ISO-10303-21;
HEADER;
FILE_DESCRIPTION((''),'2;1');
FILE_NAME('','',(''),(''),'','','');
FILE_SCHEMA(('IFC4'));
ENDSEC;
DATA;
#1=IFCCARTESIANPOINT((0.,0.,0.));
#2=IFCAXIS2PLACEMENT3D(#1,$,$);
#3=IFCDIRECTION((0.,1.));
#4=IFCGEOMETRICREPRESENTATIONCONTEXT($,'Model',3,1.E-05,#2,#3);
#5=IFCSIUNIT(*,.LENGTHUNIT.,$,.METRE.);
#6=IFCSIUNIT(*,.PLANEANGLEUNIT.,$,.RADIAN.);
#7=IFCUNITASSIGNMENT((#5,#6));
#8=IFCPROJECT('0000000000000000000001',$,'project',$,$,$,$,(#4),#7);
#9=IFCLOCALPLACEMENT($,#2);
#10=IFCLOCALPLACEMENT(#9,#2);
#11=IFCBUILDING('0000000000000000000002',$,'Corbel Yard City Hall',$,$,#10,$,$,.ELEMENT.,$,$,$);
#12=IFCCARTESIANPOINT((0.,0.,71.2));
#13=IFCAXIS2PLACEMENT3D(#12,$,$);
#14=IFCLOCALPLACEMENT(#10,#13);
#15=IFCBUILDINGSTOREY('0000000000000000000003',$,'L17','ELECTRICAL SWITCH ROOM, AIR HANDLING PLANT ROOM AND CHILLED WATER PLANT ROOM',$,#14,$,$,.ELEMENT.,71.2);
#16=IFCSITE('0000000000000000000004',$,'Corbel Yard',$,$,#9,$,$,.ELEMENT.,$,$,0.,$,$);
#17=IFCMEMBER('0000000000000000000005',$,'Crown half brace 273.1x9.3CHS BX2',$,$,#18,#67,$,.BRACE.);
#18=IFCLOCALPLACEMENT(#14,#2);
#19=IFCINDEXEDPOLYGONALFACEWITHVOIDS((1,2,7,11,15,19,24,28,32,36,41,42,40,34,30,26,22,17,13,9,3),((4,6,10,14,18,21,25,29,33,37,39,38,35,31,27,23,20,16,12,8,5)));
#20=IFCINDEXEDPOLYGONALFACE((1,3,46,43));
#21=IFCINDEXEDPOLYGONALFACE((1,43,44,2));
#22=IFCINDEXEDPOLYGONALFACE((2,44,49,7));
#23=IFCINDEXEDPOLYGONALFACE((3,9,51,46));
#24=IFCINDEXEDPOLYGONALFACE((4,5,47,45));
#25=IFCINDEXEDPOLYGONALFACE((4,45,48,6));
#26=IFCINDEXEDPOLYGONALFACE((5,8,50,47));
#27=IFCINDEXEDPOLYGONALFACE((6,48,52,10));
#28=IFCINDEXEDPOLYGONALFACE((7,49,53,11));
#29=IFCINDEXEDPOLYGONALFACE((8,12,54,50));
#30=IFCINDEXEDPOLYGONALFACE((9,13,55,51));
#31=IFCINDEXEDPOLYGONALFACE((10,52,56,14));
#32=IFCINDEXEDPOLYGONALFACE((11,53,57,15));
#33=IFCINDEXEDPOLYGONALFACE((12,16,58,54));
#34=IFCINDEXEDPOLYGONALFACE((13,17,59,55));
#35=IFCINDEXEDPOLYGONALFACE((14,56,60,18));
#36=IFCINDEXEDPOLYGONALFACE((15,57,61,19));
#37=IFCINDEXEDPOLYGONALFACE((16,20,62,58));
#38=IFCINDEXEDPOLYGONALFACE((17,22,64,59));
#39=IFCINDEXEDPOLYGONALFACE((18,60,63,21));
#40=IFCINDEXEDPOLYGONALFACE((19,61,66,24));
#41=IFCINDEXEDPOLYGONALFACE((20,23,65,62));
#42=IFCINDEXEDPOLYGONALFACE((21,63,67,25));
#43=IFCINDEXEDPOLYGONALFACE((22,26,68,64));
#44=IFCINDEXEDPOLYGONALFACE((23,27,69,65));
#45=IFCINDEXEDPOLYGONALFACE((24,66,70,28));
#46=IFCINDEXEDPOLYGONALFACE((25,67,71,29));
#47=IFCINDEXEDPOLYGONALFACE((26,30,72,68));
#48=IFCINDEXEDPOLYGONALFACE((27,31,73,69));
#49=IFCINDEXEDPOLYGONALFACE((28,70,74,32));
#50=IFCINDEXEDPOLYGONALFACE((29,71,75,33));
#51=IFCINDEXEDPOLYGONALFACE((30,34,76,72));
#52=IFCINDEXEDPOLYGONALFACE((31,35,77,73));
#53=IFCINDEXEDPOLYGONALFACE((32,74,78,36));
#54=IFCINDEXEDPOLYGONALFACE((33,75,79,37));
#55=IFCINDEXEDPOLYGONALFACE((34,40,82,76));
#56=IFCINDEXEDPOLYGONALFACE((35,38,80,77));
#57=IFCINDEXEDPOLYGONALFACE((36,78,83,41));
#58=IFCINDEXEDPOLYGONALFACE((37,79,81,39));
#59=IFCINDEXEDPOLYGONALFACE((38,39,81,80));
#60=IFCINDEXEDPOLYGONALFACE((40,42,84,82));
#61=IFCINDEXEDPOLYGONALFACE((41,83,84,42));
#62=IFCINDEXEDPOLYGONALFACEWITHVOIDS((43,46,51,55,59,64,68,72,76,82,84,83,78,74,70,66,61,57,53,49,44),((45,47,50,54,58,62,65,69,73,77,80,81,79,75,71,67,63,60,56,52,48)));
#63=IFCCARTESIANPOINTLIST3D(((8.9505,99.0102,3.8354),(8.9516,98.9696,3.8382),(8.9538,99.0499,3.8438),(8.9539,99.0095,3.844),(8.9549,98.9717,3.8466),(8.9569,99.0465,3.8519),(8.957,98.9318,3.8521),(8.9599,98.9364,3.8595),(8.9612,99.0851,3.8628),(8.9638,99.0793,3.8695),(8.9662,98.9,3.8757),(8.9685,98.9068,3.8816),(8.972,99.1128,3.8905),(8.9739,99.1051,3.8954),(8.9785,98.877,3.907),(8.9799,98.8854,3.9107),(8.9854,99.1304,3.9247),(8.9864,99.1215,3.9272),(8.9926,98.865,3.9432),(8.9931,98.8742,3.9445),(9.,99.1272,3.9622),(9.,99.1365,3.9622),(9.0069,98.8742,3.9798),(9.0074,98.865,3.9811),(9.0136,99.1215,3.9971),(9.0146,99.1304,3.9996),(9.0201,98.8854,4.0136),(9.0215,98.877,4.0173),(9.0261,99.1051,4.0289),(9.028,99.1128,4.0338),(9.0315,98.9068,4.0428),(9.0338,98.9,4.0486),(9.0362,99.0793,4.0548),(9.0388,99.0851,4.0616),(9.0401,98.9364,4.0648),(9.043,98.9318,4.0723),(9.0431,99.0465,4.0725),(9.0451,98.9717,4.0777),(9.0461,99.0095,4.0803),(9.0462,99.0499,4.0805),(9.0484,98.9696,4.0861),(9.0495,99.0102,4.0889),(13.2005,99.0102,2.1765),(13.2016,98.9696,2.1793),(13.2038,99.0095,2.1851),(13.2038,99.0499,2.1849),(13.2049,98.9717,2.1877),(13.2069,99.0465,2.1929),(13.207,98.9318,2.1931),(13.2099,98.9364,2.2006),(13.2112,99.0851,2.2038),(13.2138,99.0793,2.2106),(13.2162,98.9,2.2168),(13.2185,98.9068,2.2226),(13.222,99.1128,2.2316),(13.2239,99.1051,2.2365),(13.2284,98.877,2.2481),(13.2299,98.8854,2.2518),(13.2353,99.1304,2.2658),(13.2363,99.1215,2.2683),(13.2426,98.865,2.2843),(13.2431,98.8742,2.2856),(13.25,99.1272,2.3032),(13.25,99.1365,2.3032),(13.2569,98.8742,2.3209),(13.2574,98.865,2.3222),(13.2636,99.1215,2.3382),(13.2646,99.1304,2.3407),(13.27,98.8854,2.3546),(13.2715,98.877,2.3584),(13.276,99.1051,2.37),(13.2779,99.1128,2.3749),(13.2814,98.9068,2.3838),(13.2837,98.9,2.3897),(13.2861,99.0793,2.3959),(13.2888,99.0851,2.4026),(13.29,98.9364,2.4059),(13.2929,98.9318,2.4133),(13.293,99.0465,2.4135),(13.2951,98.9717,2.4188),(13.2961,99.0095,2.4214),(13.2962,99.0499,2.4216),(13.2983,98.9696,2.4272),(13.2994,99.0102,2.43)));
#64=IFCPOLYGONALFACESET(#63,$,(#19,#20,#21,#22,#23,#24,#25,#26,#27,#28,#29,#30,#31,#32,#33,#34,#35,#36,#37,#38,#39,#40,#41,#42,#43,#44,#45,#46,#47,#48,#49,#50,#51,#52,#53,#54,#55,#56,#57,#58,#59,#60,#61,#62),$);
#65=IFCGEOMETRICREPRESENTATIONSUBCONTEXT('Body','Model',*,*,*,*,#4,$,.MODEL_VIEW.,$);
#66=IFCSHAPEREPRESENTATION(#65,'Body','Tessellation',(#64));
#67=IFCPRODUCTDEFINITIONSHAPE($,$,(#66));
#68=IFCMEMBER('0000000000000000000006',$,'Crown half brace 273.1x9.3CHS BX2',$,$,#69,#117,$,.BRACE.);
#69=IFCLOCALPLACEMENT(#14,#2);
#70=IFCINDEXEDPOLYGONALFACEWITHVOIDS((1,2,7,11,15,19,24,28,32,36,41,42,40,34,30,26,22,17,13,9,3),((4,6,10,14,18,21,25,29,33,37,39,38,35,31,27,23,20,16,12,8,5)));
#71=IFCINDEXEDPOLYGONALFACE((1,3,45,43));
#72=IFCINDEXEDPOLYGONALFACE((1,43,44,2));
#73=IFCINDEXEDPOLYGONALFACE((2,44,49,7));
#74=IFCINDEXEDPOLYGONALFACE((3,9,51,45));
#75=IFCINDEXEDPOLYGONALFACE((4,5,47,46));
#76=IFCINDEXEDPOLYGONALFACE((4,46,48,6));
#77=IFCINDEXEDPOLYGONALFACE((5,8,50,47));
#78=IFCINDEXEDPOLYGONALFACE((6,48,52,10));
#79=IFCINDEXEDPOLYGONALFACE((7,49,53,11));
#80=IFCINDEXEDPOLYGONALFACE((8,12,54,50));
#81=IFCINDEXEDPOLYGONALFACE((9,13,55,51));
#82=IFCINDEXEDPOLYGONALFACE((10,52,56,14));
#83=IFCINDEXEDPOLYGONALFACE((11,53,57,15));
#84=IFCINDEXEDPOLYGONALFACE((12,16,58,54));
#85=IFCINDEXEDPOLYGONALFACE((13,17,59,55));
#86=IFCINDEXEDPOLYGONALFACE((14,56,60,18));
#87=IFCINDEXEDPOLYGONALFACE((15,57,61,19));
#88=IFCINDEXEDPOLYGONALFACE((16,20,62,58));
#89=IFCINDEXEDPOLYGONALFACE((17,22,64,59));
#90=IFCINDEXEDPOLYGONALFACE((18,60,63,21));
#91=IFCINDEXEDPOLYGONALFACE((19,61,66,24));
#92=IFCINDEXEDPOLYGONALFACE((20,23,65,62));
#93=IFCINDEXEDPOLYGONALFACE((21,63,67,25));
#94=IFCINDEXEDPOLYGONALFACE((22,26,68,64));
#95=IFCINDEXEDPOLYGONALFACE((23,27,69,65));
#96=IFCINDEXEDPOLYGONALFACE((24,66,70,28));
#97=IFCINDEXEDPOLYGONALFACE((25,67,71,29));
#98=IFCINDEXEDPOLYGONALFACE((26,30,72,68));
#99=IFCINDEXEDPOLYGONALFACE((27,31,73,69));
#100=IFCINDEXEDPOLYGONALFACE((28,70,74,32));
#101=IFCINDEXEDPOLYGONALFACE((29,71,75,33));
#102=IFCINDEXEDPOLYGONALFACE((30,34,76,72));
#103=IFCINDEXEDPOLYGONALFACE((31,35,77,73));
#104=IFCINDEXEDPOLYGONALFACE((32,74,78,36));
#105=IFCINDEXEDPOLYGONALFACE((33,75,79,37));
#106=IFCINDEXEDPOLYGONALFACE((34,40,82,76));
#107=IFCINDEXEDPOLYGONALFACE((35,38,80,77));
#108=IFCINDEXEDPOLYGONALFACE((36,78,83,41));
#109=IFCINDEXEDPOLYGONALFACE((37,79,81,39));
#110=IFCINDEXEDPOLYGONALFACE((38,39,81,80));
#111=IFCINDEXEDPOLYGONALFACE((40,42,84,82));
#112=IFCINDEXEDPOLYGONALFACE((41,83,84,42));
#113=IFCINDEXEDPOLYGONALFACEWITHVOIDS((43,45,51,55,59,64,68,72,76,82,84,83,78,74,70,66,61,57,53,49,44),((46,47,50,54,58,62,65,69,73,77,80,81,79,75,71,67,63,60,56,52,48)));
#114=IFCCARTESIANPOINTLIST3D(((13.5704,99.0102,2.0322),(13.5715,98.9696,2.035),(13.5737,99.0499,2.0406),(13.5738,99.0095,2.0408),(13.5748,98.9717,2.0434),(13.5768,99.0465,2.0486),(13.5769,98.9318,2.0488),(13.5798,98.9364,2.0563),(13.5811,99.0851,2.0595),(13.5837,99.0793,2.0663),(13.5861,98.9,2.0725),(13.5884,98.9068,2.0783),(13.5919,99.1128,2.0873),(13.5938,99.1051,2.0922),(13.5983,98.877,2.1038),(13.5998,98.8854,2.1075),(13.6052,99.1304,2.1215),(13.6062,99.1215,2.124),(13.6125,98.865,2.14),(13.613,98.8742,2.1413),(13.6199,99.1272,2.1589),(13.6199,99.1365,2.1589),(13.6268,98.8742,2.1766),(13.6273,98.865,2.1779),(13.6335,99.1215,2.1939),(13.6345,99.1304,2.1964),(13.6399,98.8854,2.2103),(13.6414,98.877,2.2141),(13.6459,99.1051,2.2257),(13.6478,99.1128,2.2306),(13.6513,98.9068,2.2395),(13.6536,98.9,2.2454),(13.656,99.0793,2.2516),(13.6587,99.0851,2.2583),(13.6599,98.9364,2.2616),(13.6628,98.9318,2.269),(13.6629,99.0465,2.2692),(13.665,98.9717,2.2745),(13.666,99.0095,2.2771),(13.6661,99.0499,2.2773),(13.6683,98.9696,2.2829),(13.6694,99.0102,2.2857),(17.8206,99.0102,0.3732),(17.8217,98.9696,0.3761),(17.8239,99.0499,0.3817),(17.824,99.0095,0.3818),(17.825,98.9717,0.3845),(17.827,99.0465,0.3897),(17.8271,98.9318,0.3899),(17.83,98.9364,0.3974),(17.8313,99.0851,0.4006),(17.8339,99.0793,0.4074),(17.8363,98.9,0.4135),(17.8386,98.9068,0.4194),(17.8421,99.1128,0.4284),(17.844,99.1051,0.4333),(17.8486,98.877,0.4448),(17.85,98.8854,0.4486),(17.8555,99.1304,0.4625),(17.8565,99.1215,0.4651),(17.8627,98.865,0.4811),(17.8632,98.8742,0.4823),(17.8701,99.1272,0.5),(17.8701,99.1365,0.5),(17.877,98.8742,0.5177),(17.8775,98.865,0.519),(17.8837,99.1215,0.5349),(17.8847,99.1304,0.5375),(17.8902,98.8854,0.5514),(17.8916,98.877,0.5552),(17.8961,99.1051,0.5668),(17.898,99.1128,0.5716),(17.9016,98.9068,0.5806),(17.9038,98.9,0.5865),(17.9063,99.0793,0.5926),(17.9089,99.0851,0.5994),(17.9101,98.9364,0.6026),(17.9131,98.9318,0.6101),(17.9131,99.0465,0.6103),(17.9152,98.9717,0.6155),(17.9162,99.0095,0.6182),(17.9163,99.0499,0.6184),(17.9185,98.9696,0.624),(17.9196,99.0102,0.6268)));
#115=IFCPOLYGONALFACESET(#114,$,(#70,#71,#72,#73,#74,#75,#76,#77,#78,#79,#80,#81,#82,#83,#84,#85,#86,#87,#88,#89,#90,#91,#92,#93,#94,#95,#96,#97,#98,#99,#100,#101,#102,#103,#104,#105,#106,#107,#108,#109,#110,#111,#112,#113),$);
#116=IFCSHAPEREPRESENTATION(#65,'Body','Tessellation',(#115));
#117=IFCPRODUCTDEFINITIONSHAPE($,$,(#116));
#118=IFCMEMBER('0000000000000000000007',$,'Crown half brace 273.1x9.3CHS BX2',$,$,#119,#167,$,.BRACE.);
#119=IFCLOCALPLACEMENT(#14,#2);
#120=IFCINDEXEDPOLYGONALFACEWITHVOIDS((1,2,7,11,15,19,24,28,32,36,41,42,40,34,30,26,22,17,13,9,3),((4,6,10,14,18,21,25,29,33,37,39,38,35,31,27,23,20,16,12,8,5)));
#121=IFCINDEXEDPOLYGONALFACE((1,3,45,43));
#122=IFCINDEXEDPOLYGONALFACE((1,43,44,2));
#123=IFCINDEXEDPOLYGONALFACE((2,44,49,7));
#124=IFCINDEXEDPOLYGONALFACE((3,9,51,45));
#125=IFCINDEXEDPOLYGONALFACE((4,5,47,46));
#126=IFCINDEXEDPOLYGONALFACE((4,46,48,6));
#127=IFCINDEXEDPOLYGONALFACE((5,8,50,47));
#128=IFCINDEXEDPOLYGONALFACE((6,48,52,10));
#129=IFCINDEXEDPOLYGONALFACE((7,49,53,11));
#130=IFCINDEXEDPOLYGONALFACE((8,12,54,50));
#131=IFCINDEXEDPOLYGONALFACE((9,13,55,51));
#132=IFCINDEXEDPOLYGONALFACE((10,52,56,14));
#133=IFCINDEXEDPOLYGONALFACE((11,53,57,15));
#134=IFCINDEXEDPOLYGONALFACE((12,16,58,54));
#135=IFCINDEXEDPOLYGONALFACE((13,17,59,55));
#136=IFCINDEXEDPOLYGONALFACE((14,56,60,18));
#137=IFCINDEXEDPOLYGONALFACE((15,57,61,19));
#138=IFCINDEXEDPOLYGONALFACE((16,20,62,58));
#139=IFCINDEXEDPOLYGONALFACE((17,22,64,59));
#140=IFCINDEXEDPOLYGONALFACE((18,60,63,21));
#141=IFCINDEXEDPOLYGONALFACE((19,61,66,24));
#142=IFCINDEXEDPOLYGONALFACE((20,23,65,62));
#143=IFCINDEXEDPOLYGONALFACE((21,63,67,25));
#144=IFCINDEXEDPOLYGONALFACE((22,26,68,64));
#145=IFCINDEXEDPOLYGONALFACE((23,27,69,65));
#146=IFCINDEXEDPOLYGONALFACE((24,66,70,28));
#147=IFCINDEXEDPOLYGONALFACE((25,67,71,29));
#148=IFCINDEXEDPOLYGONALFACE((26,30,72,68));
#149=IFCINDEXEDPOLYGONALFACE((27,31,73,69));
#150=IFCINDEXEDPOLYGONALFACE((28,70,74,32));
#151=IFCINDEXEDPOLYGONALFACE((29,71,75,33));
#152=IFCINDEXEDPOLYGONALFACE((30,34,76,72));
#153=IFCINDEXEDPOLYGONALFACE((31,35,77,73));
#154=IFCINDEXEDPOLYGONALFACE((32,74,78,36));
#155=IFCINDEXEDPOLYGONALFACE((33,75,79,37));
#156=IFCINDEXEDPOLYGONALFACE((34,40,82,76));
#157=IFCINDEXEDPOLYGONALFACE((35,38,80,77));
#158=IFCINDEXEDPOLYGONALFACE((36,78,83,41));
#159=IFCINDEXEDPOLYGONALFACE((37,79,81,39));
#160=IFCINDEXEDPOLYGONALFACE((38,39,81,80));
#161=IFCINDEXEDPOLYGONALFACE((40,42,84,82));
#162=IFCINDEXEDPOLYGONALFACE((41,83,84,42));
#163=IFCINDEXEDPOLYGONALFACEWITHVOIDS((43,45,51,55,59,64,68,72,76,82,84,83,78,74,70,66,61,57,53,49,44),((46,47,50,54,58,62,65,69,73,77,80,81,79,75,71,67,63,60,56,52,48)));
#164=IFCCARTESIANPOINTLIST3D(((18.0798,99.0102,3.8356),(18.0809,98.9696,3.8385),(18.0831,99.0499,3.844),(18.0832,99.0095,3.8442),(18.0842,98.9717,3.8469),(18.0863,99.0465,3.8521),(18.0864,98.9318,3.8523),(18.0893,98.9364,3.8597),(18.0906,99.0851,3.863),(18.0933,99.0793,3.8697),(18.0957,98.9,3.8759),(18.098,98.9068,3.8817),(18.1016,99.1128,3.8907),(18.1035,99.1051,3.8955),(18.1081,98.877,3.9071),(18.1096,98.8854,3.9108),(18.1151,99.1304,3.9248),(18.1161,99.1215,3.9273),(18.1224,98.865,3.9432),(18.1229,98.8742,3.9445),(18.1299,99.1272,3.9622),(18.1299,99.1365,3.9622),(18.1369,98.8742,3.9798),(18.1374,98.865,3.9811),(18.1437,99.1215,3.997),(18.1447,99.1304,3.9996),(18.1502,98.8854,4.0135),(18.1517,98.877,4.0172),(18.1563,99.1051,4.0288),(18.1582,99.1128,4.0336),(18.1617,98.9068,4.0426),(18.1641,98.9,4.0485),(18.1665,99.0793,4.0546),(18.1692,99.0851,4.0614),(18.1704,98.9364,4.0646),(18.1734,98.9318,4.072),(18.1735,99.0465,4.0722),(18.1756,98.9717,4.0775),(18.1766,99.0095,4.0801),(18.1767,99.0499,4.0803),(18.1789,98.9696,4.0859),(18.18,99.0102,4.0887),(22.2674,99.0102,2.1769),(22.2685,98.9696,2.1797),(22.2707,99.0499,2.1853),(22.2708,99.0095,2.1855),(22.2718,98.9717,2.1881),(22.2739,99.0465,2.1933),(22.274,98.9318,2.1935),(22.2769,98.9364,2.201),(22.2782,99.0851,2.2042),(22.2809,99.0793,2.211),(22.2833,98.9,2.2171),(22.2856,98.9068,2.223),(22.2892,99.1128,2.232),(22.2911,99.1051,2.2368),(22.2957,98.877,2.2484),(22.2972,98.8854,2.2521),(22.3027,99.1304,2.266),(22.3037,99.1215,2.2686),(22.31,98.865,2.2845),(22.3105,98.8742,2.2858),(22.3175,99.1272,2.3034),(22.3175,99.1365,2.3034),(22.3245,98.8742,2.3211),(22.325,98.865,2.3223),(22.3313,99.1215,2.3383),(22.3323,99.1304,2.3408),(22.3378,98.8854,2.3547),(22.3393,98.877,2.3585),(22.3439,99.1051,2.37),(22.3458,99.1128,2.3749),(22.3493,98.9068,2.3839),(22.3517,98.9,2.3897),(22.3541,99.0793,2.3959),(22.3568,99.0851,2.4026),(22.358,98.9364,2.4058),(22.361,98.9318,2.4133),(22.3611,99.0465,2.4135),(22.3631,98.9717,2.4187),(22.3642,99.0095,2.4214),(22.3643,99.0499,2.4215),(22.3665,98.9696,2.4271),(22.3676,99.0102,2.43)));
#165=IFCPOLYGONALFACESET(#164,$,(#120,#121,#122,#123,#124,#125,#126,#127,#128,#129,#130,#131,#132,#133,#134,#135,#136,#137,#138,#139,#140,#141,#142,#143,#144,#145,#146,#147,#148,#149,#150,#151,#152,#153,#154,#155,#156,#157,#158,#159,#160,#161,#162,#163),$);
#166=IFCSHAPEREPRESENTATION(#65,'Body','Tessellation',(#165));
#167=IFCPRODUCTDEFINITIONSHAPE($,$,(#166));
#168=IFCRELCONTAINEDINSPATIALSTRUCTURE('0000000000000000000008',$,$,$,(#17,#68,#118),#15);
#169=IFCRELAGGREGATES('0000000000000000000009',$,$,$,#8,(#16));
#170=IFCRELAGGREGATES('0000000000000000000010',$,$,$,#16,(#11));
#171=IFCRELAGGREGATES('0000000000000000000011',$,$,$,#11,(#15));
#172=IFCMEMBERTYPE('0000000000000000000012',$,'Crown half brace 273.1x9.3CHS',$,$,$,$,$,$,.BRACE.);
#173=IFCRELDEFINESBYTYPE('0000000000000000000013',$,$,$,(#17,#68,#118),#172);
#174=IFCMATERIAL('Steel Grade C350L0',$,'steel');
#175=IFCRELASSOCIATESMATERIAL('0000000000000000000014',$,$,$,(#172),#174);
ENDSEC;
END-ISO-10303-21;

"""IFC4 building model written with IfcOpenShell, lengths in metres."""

from ifc_helpers import new_model, si_unit, direction, frame, origin, origin_2d, place, context, subcontext, project, spatial, hollow_circle, extrude, material, material_profile, profile_set, type_object, element, save


model = new_model("IFC4")

# Units and contexts
model_context = context("Model", 3, precision=1e-05, world=origin(), true_north=direction((0.0, 1.0)))
body_context = subcontext(model_context, "Body", "Model", "MODEL_VIEW")
ifc_project = project(units=[si_unit("LENGTHUNIT", "METRE"), si_unit("PLANEANGLEUNIT", "RADIAN")], contexts=[model_context])

# Site, building, storey
site_placement = place(None, origin())
site = spatial("IfcSite", under=ifc_project, at=site_placement, Name="Corbel Yard", CompositionType="ELEMENT", RefElevation=0.0)
building_placement = place(site_placement, origin())
building = spatial("IfcBuilding", under=site, at=building_placement, Name="Corbel Yard City Hall", CompositionType="ELEMENT")
storey_placement = place(building_placement, frame((0.0, 0.0, 71.2)))
storey = spatial("IfcBuildingStorey", under=building, at=storey_placement, Name="L17", Description="ELECTRICAL SWITCH ROOM, AIR HANDLING PLANT ROOM AND CHILLED WATER PLANT ROOM", CompositionType="ELEMENT", Elevation=71.2)

# Members
ifc_material_1 = material(Name="Steel Grade C350L0", Category="steel")
ifc_material_profile_1 = material_profile(ifc_material_1, hollow_circle(Radius=0.1365, WallThickness=0.0093, at=origin_2d()), Name="273.1x9.3CHS")
ifc_profile_set_1 = profile_set([ifc_material_profile_1], Name="Steel Grade C350L0")
member_type_1 = type_object("IfcMemberType", Name="Crown half brace 273.1x9.3CHS", PredefinedType="BRACE", material=ifc_profile_set_1)
member_1_placement = place(storey_placement, frame((9.0, 99.0, 3.9622), z_axis=(0.931548, 0.0, -0.363618), x_axis=(0.0, 1.0, 0.0)))
element("IfcMember", 1, at=member_1_placement, inside=storey, type_object=member_type_1, Name="Crown half brace 273.1x9.3CHS BX2", PredefinedType="BRACE", context=body_context, shape_type="SweptSolid", body=[
    extrude(hollow_circle(Radius=0.1365, WallThickness=0.0093, at=origin_2d()), origin(), (0.0, 0.0, 1.0), 4.5623),
])
member_2_placement = place(storey_placement, frame((13.6199, 99.0, 2.1589), z_axis=(0.931555, 0.0, -0.3636), x_axis=(0.0, 1.0, 0.0)))
element("IfcMember", 2, at=member_2_placement, inside=storey, type_object=member_type_1, Name="Crown half brace 273.1x9.3CHS BX2", PredefinedType="BRACE", context=body_context, shape_type="SweptSolid", body=[
    extrude(hollow_circle(Radius=0.1365, WallThickness=0.0093, at=origin_2d()), origin(), (0.0, 0.0, 1.0), 4.5625),
])
for number, where, z_axis, x_axis, name in (
    (3, (18.1299, 99.0, 3.9622), (0.92972, 0.0, -0.368267), (0.0, 1.0, 0.0), "Crown half brace 273.1x9.3CHS BX2"),
):
    element("IfcMember", number, at=place(storey_placement, frame(where, z_axis=z_axis, x_axis=x_axis)), inside=storey, type_object=member_type_1, Name=name, PredefinedType="BRACE", context=body_context, shape_type="SweptSolid", body=[
        extrude(hollow_circle(Radius=0.1365, WallThickness=0.0093, at=origin_2d()), origin(), (0.0, 0.0, 1.0), 4.5042),
    ])

save(model, "model.ifc")
